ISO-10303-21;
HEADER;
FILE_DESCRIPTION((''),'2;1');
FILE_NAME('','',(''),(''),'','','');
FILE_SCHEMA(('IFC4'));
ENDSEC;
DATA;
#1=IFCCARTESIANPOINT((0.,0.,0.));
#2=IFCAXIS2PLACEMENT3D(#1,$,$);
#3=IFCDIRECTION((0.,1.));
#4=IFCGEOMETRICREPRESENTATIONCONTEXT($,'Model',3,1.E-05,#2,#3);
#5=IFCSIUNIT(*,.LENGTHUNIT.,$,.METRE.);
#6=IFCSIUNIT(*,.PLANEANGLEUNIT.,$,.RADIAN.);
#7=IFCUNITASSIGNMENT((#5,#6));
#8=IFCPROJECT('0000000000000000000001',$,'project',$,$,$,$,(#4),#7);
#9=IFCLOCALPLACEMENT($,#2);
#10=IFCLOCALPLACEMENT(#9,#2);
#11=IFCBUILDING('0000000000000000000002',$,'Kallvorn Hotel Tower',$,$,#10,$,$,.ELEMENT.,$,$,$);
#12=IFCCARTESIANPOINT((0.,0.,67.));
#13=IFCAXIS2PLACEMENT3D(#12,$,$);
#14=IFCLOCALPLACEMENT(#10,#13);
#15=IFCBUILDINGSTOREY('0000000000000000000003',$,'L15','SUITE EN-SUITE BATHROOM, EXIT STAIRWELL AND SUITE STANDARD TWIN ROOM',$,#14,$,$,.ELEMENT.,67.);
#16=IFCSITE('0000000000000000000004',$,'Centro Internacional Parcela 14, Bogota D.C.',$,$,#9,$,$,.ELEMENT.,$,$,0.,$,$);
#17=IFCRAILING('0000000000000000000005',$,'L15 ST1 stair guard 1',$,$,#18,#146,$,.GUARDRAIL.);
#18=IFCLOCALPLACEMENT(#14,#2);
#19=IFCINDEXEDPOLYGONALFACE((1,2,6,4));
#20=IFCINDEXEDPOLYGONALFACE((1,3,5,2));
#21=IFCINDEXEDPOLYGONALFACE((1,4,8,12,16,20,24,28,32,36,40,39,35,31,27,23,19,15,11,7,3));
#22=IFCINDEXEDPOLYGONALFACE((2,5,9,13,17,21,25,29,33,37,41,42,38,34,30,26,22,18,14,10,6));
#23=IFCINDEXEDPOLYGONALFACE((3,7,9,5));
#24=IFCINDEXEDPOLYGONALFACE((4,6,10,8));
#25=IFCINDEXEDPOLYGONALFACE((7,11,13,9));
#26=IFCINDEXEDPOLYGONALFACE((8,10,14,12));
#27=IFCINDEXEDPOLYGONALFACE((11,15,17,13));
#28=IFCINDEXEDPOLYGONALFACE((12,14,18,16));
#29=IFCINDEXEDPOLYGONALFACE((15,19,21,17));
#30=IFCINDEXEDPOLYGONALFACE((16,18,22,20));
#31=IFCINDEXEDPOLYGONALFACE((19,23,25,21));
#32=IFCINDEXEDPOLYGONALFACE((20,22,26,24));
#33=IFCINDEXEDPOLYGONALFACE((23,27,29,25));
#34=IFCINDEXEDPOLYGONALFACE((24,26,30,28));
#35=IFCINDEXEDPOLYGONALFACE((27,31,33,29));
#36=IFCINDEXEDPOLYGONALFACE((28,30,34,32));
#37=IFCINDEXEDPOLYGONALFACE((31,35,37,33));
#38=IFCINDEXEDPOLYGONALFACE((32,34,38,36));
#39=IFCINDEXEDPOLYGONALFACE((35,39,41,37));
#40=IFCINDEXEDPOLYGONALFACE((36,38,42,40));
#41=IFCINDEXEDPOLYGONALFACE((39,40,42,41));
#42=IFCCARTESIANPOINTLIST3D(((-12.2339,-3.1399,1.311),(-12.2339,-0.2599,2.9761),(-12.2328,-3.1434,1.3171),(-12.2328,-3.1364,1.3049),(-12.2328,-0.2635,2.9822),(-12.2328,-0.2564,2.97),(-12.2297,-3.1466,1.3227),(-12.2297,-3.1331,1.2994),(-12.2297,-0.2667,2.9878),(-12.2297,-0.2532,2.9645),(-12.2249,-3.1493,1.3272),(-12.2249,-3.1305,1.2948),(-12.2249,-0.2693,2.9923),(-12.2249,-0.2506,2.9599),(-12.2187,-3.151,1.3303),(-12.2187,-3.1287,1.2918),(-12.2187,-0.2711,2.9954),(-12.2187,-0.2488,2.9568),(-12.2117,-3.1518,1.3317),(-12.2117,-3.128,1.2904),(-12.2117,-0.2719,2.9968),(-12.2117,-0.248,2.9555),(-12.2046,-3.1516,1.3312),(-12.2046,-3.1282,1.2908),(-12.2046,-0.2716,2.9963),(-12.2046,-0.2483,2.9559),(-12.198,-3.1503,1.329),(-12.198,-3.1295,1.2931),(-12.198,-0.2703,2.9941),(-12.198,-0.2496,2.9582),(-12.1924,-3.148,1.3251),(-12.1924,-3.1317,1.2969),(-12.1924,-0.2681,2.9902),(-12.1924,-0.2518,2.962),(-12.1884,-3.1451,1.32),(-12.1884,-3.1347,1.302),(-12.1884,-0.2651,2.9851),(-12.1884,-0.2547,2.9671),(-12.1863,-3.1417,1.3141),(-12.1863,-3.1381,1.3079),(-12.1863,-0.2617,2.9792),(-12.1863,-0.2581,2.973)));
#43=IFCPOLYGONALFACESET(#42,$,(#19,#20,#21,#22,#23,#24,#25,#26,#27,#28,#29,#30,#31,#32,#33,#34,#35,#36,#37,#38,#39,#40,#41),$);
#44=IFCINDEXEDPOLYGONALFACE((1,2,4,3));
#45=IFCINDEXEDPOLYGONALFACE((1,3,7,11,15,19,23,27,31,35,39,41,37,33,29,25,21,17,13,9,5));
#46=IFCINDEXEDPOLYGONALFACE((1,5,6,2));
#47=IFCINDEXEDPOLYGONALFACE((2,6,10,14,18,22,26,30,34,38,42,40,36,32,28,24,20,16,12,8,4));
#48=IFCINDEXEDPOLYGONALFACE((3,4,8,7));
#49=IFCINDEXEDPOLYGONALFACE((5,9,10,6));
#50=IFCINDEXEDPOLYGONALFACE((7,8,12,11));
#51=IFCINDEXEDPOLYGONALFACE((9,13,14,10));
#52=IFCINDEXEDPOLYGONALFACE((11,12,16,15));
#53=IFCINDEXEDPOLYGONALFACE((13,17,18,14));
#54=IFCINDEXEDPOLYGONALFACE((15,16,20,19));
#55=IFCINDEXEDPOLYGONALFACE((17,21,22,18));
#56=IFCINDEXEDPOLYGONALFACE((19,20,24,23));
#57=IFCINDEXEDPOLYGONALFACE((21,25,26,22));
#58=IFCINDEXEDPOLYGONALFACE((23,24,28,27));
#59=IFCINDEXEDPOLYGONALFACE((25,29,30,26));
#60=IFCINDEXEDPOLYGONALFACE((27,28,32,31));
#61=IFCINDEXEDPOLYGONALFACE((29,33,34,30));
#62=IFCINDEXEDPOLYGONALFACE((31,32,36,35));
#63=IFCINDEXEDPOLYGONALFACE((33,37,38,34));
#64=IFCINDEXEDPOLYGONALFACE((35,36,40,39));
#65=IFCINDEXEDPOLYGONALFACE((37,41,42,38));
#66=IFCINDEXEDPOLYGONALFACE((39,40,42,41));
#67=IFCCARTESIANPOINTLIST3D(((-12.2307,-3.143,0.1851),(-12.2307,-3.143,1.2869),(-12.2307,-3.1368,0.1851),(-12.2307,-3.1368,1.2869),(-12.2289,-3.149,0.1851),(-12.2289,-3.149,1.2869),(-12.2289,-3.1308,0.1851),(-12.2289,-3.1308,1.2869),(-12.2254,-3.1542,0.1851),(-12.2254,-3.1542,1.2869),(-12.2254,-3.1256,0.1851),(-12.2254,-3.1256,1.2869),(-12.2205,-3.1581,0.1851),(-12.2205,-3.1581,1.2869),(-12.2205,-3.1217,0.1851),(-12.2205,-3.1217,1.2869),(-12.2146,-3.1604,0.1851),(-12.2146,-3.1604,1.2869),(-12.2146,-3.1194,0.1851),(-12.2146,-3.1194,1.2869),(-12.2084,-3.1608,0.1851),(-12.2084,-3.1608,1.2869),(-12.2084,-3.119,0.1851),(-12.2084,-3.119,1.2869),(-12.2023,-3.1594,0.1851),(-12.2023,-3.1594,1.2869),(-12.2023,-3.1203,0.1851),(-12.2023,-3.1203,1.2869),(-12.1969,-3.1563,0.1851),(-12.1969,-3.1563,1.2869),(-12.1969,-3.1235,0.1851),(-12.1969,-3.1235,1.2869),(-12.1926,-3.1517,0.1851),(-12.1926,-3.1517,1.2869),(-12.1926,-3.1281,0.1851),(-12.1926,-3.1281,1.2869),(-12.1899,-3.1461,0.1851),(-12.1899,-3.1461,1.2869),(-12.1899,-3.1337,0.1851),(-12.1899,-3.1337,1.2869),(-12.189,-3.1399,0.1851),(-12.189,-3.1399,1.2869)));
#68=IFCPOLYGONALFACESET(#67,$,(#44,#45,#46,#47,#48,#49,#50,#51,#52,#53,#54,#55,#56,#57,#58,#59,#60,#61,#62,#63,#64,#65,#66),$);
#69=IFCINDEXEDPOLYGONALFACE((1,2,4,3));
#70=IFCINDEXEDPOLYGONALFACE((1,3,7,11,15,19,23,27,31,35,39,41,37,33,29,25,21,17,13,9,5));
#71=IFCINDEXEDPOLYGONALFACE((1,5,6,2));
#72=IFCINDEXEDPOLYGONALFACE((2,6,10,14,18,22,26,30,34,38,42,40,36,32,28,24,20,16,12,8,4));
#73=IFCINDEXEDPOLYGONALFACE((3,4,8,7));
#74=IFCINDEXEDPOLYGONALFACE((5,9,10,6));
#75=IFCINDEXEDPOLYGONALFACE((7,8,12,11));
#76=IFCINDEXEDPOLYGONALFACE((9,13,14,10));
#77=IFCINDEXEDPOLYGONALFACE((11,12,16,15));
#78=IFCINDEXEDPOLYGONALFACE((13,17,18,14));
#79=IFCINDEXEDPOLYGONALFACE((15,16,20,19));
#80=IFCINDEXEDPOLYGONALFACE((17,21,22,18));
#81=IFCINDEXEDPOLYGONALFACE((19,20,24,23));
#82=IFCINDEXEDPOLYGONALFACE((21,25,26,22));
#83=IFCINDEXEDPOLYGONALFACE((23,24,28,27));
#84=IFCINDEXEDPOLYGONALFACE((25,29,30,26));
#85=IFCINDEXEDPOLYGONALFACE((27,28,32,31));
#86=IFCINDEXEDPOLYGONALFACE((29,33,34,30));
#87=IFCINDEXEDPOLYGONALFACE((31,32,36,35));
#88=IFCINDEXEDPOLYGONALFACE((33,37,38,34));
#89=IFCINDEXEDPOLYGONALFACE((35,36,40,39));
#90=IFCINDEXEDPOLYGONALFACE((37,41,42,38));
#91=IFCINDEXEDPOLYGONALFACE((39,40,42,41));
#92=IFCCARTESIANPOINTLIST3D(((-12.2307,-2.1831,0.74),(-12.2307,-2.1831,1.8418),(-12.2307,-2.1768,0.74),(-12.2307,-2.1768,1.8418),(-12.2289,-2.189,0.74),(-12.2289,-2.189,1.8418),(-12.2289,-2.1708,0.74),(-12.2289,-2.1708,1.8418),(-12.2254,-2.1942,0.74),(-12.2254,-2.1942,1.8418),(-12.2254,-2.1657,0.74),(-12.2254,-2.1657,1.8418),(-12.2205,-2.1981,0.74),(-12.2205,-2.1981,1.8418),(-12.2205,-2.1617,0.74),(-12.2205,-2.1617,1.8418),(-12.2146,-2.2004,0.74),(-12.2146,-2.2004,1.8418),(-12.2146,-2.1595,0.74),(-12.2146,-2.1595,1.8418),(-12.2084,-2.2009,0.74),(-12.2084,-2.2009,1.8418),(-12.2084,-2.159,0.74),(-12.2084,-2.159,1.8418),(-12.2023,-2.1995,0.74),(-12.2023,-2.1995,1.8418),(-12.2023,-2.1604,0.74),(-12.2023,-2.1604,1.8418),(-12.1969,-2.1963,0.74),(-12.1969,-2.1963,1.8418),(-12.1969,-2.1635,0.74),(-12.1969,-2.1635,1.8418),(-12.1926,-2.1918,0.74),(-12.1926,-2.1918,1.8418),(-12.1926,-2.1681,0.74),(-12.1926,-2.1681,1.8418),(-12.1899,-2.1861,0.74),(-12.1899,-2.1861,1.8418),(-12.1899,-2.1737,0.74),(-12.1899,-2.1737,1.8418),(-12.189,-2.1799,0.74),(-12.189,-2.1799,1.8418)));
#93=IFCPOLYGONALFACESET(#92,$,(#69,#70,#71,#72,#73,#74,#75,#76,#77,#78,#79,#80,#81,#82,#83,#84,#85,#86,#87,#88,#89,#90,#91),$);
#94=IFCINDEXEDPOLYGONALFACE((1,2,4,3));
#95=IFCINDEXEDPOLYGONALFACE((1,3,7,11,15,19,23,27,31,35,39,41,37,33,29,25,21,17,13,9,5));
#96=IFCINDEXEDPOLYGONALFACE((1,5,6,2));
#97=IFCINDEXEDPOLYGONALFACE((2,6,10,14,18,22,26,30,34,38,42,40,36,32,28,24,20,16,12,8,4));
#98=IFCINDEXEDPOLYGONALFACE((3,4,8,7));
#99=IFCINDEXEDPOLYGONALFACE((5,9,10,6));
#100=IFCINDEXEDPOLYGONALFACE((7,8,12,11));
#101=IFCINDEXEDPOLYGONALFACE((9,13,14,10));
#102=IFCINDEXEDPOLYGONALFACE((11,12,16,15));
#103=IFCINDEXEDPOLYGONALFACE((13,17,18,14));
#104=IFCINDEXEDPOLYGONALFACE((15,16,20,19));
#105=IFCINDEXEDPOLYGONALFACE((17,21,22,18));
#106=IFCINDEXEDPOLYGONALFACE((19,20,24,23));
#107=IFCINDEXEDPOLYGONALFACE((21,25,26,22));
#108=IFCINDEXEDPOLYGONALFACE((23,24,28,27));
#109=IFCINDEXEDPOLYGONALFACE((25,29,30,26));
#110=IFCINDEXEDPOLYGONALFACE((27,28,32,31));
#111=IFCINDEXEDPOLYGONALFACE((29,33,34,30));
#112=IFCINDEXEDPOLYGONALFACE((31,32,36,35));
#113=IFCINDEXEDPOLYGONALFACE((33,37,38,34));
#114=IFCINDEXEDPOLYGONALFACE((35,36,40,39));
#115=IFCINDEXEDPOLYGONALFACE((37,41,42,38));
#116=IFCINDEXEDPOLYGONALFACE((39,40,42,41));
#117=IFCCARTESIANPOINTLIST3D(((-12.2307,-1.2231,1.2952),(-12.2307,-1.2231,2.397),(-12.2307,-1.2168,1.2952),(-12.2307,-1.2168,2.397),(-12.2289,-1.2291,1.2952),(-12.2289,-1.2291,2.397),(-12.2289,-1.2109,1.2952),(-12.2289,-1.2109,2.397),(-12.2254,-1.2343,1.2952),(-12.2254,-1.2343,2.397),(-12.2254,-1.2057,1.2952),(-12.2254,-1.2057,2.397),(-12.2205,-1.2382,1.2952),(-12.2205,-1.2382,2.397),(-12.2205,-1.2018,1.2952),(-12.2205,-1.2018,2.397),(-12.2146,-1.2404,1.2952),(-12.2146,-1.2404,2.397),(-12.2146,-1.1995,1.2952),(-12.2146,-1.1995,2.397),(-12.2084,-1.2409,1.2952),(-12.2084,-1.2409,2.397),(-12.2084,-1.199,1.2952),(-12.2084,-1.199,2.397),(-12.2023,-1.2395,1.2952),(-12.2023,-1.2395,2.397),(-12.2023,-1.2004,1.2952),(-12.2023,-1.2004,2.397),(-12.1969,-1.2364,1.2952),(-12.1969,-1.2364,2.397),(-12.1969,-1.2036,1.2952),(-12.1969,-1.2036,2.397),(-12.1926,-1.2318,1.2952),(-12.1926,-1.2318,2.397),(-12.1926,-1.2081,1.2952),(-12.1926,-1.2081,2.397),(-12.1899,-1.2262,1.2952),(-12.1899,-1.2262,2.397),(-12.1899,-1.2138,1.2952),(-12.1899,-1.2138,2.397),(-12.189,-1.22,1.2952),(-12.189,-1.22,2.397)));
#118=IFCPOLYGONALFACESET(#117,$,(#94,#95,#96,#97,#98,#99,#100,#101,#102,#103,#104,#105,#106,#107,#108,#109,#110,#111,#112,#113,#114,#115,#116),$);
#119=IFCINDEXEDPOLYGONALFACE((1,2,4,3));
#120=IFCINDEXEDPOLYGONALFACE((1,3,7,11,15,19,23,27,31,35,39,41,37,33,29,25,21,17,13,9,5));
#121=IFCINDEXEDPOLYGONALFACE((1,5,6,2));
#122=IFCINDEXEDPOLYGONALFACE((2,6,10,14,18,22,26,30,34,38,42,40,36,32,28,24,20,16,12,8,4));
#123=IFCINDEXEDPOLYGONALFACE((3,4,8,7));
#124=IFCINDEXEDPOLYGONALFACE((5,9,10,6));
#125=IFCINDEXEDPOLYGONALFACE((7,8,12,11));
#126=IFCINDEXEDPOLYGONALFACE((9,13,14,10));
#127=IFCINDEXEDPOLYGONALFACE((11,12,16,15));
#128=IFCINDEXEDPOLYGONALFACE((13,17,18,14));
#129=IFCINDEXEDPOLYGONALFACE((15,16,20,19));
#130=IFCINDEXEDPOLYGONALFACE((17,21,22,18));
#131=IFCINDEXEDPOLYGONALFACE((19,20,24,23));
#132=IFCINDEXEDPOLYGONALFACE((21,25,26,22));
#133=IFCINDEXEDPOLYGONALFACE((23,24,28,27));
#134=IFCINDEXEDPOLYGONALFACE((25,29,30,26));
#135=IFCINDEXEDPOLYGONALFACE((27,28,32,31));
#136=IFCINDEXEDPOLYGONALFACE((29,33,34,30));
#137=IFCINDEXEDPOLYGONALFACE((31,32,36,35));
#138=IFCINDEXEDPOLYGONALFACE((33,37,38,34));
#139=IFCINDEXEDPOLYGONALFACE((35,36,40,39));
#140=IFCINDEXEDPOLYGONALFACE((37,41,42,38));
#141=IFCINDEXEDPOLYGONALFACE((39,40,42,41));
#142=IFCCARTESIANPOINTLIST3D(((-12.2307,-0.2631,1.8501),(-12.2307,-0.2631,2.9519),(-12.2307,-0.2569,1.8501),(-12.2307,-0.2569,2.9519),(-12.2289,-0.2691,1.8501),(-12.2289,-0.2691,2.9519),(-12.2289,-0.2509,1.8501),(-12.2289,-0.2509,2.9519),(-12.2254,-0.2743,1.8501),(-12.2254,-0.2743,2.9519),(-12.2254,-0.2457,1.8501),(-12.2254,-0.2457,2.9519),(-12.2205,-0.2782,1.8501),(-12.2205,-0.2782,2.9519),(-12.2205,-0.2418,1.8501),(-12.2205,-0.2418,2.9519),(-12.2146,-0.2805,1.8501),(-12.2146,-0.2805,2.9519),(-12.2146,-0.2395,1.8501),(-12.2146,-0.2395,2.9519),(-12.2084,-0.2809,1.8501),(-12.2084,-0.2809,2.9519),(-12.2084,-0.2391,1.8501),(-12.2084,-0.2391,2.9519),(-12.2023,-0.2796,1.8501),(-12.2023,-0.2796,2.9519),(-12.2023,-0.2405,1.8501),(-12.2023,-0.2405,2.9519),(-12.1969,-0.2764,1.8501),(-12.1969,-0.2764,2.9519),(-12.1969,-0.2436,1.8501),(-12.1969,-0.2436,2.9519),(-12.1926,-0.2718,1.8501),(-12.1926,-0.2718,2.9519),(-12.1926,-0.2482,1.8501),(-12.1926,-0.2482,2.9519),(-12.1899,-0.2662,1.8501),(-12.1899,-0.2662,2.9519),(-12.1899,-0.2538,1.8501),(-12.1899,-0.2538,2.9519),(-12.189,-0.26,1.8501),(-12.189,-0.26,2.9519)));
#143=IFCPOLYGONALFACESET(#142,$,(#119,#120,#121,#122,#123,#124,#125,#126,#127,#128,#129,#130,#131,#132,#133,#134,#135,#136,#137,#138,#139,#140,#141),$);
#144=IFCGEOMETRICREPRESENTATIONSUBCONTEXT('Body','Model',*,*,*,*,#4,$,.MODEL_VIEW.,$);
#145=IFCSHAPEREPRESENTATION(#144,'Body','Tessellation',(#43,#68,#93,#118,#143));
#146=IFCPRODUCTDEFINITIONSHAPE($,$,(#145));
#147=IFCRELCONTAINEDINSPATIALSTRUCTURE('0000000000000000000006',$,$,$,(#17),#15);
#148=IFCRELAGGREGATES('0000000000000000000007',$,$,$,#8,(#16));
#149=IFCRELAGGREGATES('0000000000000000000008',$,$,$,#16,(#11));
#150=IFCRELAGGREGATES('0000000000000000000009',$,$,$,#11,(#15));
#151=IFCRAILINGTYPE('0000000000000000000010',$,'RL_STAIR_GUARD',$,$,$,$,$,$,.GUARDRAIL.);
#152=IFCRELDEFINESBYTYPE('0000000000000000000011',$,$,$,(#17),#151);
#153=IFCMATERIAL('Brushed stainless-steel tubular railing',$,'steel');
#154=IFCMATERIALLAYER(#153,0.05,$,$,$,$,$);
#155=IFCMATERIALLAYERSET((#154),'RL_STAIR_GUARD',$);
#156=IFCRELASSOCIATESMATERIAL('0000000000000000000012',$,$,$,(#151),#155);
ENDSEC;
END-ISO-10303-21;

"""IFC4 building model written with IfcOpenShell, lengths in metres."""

from ifc_helpers import new_model, si_unit, direction, frame, origin, origin_2d, place, context, subcontext, project, spatial, circle, extrude, material, layer, layer_set, type_object, element, save


model = new_model("IFC4")

# Units and contexts
model_context = context("Model", 3, precision=1e-05, world=origin(), true_north=direction((0.0, 1.0)))
body_context = subcontext(model_context, "Body", "Model", "MODEL_VIEW")
ifc_project = project(units=[si_unit("LENGTHUNIT", "METRE"), si_unit("PLANEANGLEUNIT", "RADIAN")], contexts=[model_context])

# Site, building, storey
site_placement = place(None, origin())
site = spatial("IfcSite", under=ifc_project, at=site_placement, Name="Centro Internacional Parcela 14, Bogota D.C.", CompositionType="ELEMENT", RefElevation=0.0)
building_placement = place(site_placement, origin())
building = spatial("IfcBuilding", under=site, at=building_placement, Name="Kallvorn Hotel Tower", CompositionType="ELEMENT")
storey_placement = place(building_placement, frame((0.0, 0.0, 67.0)))
storey = spatial("IfcBuildingStorey", under=building, at=storey_placement, Name="L15", Description="SUITE EN-SUITE BATHROOM, EXIT STAIRWELL AND SUITE STANDARD TWIN ROOM", CompositionType="ELEMENT", Elevation=67.0)

# Railing
ifc_material_1 = material(Name="Brushed stainless-steel tubular railing", Category="steel")
ifc_layer_1 = layer(ifc_material_1, 0.05)
ifc_layer_set_1 = layer_set([ifc_layer_1], Name="RL_STAIR_GUARD")
railing_type_1 = type_object("IfcRailingType", Name="RL_STAIR_GUARD", PredefinedType="GUARDRAIL", material=ifc_layer_set_1)
railing_1_placement = place(storey_placement, frame((-12.21, -3.1399, 0.1851)))
element("IfcRailing", 1, at=railing_1_placement, inside=storey, type_object=railing_type_1, Name="L15 ST1 stair guard 1", PredefinedType="GUARDRAIL", context=body_context, shape_type="SweptSolid", body=[
    extrude(circle(Radius=0.0239, at=origin_2d()), frame((0.0, 0.0, 1.126), z_axis=(0.0, 0.865721, 0.500527), x_axis=(-1.0, 0.0, 0.0)), (0.0, 0.0, 1.0), 3.3267),
    extrude(circle(Radius=0.021, at=origin_2d()), origin(), (0.0, 0.0, 1.0), 1.1018),
    extrude(circle(Radius=0.021, at=origin_2d()), frame((0.0, 0.96, 0.5549)), (0.0, 0.0, 1.0), 1.1018),
    extrude(circle(Radius=0.021, at=origin_2d()), frame((0.0, 1.9199, 1.1101)), (0.0, 0.0, 1.0), 1.1018),
    extrude(circle(Radius=0.021, at=origin_2d()), frame((0.0, 2.8799, 1.665)), (0.0, 0.0, 1.0), 1.1018),
])

save(model, "model.ifc")
